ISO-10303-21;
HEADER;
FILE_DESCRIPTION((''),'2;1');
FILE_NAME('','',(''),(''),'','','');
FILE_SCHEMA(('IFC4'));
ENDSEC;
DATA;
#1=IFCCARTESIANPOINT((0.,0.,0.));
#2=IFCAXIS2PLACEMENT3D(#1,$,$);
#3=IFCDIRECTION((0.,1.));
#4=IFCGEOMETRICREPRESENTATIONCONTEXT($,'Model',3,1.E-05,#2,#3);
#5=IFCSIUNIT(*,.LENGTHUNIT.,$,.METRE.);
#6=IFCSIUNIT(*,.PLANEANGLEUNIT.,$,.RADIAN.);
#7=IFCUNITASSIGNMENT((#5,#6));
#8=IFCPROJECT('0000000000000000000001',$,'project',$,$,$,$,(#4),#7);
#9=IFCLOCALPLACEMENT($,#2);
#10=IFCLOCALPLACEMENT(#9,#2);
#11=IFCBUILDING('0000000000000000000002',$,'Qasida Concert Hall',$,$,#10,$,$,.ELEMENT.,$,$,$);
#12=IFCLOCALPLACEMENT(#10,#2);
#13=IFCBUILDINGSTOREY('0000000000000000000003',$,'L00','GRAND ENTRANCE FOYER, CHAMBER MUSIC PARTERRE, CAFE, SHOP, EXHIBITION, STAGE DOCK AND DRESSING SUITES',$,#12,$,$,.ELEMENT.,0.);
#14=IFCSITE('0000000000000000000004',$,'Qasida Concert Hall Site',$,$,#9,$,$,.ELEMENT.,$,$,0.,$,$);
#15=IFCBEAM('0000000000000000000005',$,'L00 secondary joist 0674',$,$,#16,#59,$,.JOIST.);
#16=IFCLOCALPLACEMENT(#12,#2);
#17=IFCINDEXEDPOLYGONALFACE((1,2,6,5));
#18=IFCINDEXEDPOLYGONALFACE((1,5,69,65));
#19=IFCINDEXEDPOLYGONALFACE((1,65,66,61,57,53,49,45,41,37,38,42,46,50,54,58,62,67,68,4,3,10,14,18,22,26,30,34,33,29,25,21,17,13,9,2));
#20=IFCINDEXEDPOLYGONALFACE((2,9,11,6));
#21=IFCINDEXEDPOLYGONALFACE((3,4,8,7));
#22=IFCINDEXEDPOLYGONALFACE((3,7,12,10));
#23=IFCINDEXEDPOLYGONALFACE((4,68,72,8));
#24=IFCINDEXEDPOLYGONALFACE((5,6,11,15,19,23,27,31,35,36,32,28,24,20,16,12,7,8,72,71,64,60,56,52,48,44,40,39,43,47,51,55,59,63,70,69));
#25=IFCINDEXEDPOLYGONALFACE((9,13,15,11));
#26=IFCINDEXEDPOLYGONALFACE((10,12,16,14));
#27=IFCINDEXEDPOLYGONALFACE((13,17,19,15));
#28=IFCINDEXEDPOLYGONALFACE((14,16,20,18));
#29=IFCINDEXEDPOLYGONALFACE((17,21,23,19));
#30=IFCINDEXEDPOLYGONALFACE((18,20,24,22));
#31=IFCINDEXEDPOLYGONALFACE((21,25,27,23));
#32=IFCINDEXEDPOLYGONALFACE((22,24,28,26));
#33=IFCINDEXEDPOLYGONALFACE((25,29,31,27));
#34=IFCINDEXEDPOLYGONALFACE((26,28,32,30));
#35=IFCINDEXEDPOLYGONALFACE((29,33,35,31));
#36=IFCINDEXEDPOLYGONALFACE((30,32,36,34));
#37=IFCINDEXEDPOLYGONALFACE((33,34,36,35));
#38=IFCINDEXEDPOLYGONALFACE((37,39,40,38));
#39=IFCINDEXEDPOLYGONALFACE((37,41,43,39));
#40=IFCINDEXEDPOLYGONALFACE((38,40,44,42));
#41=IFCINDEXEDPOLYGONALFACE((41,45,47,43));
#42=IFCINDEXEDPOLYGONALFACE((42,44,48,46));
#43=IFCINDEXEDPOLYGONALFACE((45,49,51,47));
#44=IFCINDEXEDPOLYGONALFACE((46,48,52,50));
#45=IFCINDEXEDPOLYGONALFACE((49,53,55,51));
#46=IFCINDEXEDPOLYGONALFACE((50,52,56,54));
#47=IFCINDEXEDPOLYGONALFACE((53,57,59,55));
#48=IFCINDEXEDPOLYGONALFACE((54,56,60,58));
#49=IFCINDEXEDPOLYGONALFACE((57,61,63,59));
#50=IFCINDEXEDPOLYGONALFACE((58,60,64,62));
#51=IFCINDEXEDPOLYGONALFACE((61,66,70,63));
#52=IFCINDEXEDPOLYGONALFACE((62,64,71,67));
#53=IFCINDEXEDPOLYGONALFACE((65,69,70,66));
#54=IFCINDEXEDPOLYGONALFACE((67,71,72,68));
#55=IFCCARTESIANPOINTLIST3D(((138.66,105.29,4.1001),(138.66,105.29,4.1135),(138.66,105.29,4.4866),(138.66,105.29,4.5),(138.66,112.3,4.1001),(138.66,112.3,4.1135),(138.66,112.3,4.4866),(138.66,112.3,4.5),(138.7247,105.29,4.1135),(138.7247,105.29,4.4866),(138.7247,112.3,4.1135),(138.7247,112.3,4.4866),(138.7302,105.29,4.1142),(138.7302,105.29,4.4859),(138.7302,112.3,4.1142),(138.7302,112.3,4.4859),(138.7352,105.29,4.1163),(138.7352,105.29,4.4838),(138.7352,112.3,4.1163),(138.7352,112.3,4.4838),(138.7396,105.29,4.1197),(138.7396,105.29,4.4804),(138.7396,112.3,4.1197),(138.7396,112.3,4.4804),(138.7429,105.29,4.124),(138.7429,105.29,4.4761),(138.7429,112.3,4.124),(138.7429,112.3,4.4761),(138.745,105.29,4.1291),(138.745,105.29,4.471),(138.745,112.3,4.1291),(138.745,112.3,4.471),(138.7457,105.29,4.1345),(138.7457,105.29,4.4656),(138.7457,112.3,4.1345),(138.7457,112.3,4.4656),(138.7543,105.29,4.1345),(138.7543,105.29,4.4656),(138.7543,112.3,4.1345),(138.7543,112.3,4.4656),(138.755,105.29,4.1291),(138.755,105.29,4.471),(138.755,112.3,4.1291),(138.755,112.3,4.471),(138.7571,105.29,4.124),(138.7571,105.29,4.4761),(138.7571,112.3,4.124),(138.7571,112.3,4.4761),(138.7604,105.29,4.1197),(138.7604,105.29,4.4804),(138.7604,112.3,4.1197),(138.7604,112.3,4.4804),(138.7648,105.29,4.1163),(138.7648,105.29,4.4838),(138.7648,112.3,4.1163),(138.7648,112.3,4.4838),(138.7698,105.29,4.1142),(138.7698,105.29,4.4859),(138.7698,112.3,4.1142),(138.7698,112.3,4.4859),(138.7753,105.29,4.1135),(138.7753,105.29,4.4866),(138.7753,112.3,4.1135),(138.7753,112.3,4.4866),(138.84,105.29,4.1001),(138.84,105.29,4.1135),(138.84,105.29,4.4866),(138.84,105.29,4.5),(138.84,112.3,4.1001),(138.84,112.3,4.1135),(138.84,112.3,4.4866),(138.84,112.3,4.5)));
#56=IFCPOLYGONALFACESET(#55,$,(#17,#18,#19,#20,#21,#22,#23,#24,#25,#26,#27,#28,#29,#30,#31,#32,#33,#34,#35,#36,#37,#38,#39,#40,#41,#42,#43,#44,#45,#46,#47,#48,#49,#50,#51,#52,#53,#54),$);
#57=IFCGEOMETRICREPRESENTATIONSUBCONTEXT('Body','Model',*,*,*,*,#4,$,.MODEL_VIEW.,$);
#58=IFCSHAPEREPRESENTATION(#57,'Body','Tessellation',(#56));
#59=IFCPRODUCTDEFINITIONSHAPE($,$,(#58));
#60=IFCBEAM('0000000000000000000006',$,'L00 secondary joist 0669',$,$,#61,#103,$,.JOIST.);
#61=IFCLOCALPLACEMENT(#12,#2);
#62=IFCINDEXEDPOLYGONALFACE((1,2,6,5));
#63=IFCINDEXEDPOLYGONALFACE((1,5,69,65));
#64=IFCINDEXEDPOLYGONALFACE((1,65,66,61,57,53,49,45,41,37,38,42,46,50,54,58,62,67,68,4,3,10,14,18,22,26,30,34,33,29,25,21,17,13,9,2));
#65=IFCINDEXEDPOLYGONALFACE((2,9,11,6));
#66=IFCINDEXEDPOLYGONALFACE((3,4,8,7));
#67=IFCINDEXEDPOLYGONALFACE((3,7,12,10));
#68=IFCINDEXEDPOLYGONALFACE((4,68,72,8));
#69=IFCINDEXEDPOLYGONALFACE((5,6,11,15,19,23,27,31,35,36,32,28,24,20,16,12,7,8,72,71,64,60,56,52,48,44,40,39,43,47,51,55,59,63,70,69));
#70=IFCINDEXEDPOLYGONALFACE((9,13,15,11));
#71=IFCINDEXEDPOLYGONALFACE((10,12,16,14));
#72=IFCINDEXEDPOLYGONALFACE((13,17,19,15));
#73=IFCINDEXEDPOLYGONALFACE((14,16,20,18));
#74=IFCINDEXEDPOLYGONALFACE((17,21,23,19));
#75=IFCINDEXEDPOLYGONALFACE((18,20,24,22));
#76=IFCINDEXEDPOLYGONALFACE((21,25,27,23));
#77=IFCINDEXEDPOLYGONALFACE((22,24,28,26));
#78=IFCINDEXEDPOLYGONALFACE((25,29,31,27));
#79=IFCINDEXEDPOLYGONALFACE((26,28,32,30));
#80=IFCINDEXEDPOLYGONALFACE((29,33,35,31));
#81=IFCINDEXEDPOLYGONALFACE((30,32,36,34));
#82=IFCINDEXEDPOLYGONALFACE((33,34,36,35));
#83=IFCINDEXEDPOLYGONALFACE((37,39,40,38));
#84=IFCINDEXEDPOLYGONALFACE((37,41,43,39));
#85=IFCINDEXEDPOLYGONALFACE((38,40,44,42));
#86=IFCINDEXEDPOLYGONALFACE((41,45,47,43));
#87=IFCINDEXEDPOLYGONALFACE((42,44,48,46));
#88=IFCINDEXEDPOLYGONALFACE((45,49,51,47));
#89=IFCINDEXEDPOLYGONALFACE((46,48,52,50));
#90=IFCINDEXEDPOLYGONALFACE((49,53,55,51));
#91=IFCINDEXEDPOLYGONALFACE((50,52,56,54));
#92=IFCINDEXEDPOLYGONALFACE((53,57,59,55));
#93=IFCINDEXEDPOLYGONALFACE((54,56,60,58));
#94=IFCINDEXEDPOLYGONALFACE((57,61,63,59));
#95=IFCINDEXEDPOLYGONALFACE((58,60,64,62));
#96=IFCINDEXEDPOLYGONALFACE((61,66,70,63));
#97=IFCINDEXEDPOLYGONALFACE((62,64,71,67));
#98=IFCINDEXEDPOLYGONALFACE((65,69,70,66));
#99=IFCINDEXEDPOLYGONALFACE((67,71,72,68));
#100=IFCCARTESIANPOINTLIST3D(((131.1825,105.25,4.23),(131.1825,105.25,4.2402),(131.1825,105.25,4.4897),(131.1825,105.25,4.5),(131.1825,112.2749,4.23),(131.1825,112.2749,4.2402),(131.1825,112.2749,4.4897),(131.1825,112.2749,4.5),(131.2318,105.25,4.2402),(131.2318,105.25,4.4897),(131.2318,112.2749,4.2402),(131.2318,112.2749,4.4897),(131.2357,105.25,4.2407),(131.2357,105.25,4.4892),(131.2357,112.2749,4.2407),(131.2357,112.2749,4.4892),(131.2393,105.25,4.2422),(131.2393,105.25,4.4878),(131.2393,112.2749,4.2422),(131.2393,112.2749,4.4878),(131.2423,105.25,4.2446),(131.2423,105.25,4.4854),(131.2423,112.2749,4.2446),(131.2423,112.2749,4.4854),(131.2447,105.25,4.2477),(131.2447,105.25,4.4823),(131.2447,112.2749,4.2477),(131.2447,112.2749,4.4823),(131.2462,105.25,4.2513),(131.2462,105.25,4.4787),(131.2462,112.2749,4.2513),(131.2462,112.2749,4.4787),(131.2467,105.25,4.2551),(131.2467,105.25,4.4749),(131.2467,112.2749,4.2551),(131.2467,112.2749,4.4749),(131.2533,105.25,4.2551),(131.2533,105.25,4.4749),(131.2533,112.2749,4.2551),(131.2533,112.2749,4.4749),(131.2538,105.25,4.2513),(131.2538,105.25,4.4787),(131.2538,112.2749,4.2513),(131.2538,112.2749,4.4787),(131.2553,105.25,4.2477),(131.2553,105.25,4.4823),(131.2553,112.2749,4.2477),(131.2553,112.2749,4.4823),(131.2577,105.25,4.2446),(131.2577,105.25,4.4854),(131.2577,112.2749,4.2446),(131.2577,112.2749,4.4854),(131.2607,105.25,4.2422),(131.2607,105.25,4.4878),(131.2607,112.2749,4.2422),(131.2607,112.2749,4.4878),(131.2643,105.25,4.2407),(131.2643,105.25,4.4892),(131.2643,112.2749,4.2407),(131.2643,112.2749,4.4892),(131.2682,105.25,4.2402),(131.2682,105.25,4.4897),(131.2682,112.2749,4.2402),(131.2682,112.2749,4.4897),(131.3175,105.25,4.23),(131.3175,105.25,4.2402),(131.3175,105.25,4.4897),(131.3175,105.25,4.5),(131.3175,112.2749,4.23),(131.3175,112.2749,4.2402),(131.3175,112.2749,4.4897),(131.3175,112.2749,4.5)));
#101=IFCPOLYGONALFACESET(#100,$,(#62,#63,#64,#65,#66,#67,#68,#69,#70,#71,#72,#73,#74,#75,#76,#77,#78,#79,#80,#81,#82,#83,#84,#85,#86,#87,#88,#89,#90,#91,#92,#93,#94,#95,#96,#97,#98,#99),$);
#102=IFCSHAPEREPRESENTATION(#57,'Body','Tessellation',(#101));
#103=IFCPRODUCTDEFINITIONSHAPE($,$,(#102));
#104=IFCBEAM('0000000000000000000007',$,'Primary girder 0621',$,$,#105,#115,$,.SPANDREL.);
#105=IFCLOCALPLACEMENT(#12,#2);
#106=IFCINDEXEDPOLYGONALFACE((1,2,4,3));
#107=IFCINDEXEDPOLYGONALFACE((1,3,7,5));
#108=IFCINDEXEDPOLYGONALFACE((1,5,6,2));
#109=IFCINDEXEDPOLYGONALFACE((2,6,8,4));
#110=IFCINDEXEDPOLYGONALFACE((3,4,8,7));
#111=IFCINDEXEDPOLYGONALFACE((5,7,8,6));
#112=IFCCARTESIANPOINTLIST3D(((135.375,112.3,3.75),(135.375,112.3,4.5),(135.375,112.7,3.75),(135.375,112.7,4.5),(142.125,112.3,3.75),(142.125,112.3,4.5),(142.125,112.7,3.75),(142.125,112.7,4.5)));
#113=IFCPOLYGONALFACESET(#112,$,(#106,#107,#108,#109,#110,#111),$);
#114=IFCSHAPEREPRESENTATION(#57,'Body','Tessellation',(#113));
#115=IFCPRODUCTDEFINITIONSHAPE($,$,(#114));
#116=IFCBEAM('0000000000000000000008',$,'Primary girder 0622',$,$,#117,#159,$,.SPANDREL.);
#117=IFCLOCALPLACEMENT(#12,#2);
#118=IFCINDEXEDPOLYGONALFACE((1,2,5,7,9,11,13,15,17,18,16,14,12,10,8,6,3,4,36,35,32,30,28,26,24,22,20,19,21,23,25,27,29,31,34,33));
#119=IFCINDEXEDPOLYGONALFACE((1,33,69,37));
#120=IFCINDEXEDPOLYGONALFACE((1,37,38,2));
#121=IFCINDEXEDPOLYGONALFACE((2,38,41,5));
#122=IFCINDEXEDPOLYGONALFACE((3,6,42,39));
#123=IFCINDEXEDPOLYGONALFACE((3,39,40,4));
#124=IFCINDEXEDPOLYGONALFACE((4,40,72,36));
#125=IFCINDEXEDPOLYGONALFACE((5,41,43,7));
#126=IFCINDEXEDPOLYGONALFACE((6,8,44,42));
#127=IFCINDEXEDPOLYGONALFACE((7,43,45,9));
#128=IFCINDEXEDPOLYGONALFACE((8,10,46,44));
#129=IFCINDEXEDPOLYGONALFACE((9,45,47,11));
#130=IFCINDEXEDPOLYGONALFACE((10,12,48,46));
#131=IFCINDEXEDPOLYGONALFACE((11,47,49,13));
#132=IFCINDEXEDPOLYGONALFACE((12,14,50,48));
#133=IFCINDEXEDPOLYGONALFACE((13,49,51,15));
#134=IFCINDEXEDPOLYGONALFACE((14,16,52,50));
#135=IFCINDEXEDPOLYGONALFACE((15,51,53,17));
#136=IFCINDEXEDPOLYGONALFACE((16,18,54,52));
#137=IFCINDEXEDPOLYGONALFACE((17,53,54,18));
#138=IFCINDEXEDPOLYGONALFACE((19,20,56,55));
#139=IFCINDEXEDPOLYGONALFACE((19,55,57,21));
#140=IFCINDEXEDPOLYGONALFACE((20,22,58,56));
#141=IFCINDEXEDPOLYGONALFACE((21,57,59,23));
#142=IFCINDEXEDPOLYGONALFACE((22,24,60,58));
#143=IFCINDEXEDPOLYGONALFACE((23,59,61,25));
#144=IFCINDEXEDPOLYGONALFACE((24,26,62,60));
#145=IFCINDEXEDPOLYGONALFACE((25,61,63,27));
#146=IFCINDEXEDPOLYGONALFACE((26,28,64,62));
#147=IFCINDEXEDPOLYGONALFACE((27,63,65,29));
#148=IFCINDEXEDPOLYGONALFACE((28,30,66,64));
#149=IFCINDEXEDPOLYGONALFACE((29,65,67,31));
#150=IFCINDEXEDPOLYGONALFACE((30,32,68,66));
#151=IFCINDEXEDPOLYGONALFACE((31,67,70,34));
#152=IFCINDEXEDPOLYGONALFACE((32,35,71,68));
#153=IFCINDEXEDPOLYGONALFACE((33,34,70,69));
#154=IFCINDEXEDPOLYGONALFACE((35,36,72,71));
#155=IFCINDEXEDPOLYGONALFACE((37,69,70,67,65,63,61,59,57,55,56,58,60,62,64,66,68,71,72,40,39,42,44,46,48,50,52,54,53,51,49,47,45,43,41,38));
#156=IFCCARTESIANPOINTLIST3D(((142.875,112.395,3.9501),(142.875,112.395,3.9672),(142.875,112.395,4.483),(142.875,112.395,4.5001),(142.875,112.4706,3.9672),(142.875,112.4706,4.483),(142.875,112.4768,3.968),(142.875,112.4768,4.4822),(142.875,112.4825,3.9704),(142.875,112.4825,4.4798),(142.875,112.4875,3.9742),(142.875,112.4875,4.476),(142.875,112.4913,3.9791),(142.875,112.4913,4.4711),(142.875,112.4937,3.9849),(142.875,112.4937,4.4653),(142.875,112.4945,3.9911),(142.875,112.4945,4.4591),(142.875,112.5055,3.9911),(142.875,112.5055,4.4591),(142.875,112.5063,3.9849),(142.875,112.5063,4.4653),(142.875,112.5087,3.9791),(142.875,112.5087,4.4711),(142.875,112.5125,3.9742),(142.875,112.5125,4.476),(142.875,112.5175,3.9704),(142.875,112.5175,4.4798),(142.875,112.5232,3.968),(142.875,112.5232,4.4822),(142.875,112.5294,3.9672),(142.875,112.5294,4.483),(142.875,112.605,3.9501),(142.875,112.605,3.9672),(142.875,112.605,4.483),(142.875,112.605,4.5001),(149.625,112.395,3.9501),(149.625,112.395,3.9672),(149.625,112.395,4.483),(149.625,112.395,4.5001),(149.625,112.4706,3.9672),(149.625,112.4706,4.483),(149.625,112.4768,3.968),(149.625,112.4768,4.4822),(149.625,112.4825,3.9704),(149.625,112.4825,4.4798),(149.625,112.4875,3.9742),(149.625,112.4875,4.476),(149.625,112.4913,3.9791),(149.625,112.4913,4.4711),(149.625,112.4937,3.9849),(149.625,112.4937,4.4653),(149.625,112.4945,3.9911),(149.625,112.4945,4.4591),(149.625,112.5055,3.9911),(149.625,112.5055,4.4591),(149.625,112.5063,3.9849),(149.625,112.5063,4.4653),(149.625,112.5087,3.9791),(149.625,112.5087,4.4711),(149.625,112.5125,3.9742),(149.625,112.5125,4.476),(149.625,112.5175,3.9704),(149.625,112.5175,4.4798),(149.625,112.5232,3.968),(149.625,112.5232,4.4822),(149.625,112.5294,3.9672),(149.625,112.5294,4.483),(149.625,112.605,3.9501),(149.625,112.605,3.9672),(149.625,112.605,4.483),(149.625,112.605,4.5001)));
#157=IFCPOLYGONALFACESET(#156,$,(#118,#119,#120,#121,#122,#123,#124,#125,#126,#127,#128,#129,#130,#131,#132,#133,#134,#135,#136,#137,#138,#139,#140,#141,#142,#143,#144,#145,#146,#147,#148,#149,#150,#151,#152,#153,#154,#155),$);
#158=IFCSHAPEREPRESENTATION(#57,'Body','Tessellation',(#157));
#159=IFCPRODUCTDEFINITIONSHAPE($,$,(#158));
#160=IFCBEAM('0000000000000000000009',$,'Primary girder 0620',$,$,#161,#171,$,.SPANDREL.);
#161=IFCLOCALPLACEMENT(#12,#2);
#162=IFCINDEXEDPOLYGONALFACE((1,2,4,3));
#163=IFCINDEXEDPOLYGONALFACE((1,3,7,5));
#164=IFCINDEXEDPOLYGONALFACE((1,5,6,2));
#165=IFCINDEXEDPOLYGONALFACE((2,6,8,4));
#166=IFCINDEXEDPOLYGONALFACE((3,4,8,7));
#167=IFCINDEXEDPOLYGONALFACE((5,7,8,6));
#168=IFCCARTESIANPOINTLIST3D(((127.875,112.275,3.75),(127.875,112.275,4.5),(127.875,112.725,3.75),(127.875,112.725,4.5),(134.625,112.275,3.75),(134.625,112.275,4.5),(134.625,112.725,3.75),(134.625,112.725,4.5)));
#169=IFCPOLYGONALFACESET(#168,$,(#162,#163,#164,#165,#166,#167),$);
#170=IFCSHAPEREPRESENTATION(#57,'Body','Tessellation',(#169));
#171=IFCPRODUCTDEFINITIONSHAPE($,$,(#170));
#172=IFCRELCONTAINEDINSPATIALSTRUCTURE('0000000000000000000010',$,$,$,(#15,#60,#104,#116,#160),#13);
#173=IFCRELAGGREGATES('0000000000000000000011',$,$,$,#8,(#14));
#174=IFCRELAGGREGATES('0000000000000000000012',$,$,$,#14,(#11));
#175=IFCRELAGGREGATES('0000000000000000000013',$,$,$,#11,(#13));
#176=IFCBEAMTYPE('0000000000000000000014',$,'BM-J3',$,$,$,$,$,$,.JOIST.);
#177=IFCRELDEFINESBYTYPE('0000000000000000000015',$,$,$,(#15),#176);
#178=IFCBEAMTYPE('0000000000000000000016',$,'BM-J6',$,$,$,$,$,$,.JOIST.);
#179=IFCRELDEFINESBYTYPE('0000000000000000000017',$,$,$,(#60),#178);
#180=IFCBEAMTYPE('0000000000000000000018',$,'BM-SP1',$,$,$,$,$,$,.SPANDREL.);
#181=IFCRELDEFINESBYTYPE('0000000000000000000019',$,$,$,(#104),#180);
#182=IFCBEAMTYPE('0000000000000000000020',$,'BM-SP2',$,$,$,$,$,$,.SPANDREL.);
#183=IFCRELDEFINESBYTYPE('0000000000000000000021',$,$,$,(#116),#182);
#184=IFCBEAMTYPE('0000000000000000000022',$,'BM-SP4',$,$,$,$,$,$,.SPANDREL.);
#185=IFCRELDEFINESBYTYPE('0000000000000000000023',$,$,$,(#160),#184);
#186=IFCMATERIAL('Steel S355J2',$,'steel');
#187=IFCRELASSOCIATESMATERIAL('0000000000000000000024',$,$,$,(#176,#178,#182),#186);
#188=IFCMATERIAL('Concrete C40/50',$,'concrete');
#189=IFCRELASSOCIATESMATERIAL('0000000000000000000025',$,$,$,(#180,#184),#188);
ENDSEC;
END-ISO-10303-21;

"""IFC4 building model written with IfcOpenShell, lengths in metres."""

from ifc_helpers import new_model, si_unit, direction, frame, origin, origin_2d, place, context, subcontext, project, spatial, rectangle, i_section, extrude, material, material_profile, profile_set, type_object, element, save


model = new_model("IFC4")

# Units and contexts
model_context = context("Model", 3, precision=1e-05, world=origin(), true_north=direction((0.0, 1.0)))
body_context = subcontext(model_context, "Body", "Model", "MODEL_VIEW")
ifc_project = project(units=[si_unit("LENGTHUNIT", "METRE"), si_unit("PLANEANGLEUNIT", "RADIAN")], contexts=[model_context])

# Site, building, storey
site_placement = place(None, origin())
site = spatial("IfcSite", under=ifc_project, at=site_placement, Name="Qasida Concert Hall Site", CompositionType="ELEMENT", RefElevation=0.0)
building_placement = place(site_placement, origin())
building = spatial("IfcBuilding", under=site, at=building_placement, Name="Qasida Concert Hall", CompositionType="ELEMENT")
storey_placement = place(building_placement, origin())
storey = spatial("IfcBuildingStorey", under=building, at=storey_placement, Name="L00", Description="GRAND ENTRANCE FOYER, CHAMBER MUSIC PARTERRE, CAFE, SHOP, EXHIBITION, STAGE DOCK AND DRESSING SUITES", CompositionType="ELEMENT", Elevation=0.0)

# Beams
ifc_material_1 = material(Name="Steel S355J2", Category="steel")
ifc_material_profile_1 = material_profile(ifc_material_1, i_section(OverallWidth=0.1799, OverallDepth=0.3999, WebThickness=0.0085, FlangeThickness=0.0134, FilletRadius=0.021, at=origin_2d()), Name="IPE 400")
ifc_profile_set_1 = profile_set([ifc_material_profile_1], Name="Steel S355J2")
beam_type_1 = type_object("IfcBeamType", Name="BM-J3", PredefinedType="JOIST", material=ifc_profile_set_1)
beam_1_placement = place(storey_placement, frame((138.75, 105.29, 4.3), z_axis=(0.0, 1.0, 0.0), x_axis=(-1.0, 0.0, 0.0)))
element("IfcBeam", 1, at=beam_1_placement, inside=storey, type_object=beam_type_1, Name="L00 secondary joist 0674", PredefinedType="JOIST", context=body_context, shape_type="SweptSolid", body=[
    extrude(i_section(OverallWidth=0.1799, OverallDepth=0.3999, WebThickness=0.0085, FlangeThickness=0.0134, FilletRadius=0.021, at=origin_2d()), origin(), (0.0, 0.0, 1.0), 7.01),
])
ifc_material_profile_2 = material_profile(ifc_material_1, i_section(OverallWidth=0.135, OverallDepth=0.27, WebThickness=0.0066, FlangeThickness=0.0103, FilletRadius=0.0149, at=origin_2d()), Name="IPE 270")
ifc_profile_set_2 = profile_set([ifc_material_profile_2], Name="Steel S355J2")
beam_type_2 = type_object("IfcBeamType", Name="BM-J6", PredefinedType="JOIST", material=ifc_profile_set_2)
beam_2_placement = place(storey_placement, frame((131.25, 105.25, 4.365), z_axis=(0.0, 1.0, 0.0), x_axis=(-1.0, 0.0, 0.0)))
element("IfcBeam", 2, at=beam_2_placement, inside=storey, type_object=beam_type_2, Name="L00 secondary joist 0669", PredefinedType="JOIST", context=body_context, shape_type="SweptSolid", body=[
    extrude(i_section(OverallWidth=0.135, OverallDepth=0.27, WebThickness=0.0066, FlangeThickness=0.0103, FilletRadius=0.0149, at=origin_2d()), origin(), (0.0, 0.0, 1.0), 7.0249),
])
ifc_material_2 = material(Name="Concrete C40/50", Category="concrete")
ifc_material_profile_3 = material_profile(ifc_material_2, rectangle(XDim=0.3999, YDim=0.75, at=origin_2d()), Name="RC 400x750")
ifc_profile_set_3 = profile_set([ifc_material_profile_3], Name="Concrete C40/50")
beam_type_3 = type_object("IfcBeamType", Name="BM-SP1", PredefinedType="SPANDREL", material=ifc_profile_set_3)
beam_3_placement = place(storey_placement, frame((135.375, 112.5, 4.125), z_axis=(1.0, 0.0, 0.0), x_axis=(0.0, 1.0, 0.0)))
element("IfcBeam", 3, at=beam_3_placement, inside=storey, type_object=beam_type_3, Name="Primary girder 0621", PredefinedType="SPANDREL", context=body_context, shape_type="SweptSolid", body=[
    extrude(rectangle(XDim=0.3999, YDim=0.75, at=origin_2d()), origin(), (0.0, 0.0, 1.0), 6.75),
])
ifc_material_profile_4 = material_profile(ifc_material_1, i_section(OverallWidth=0.21, OverallDepth=0.55, WebThickness=0.011, FlangeThickness=0.0171, FilletRadius=0.0239, at=origin_2d()), Name="IPE 550")
ifc_profile_set_4 = profile_set([ifc_material_profile_4], Name="Steel S355J2")
beam_type_4 = type_object("IfcBeamType", Name="BM-SP2", PredefinedType="SPANDREL", material=ifc_profile_set_4)
beam_4_placement = place(storey_placement, frame((142.875, 112.5, 4.2251), z_axis=(1.0, 0.0, 0.0), x_axis=(0.0, 1.0, 0.0)))
element("IfcBeam", 4, at=beam_4_placement, inside=storey, type_object=beam_type_4, Name="Primary girder 0622", PredefinedType="SPANDREL", context=body_context, shape_type="SweptSolid", body=[
    extrude(i_section(OverallWidth=0.21, OverallDepth=0.55, WebThickness=0.011, FlangeThickness=0.0171, FilletRadius=0.0239, at=origin_2d()), origin(), (0.0, 0.0, 1.0), 6.75),
])
ifc_material_profile_5 = material_profile(ifc_material_2, rectangle(XDim=0.45, YDim=0.75, at=origin_2d()), Name="RC 450x750")
ifc_profile_set_5 = profile_set([ifc_material_profile_5], Name="Concrete C40/50")
beam_type_5 = type_object("IfcBeamType", Name="BM-SP4", PredefinedType="SPANDREL", material=ifc_profile_set_5)
beam_5_placement = place(storey_placement, frame((127.875, 112.5, 4.125), z_axis=(1.0, 0.0, 0.0), x_axis=(0.0, 1.0, 0.0)))
element("IfcBeam", 5, at=beam_5_placement, inside=storey, type_object=beam_type_5, Name="Primary girder 0620", PredefinedType="SPANDREL", context=body_context, shape_type="SweptSolid", body=[
    extrude(rectangle(XDim=0.45, YDim=0.75, at=origin_2d()), origin(), (0.0, 0.0, 1.0), 6.75),
])

save(model, "model.ifc")
